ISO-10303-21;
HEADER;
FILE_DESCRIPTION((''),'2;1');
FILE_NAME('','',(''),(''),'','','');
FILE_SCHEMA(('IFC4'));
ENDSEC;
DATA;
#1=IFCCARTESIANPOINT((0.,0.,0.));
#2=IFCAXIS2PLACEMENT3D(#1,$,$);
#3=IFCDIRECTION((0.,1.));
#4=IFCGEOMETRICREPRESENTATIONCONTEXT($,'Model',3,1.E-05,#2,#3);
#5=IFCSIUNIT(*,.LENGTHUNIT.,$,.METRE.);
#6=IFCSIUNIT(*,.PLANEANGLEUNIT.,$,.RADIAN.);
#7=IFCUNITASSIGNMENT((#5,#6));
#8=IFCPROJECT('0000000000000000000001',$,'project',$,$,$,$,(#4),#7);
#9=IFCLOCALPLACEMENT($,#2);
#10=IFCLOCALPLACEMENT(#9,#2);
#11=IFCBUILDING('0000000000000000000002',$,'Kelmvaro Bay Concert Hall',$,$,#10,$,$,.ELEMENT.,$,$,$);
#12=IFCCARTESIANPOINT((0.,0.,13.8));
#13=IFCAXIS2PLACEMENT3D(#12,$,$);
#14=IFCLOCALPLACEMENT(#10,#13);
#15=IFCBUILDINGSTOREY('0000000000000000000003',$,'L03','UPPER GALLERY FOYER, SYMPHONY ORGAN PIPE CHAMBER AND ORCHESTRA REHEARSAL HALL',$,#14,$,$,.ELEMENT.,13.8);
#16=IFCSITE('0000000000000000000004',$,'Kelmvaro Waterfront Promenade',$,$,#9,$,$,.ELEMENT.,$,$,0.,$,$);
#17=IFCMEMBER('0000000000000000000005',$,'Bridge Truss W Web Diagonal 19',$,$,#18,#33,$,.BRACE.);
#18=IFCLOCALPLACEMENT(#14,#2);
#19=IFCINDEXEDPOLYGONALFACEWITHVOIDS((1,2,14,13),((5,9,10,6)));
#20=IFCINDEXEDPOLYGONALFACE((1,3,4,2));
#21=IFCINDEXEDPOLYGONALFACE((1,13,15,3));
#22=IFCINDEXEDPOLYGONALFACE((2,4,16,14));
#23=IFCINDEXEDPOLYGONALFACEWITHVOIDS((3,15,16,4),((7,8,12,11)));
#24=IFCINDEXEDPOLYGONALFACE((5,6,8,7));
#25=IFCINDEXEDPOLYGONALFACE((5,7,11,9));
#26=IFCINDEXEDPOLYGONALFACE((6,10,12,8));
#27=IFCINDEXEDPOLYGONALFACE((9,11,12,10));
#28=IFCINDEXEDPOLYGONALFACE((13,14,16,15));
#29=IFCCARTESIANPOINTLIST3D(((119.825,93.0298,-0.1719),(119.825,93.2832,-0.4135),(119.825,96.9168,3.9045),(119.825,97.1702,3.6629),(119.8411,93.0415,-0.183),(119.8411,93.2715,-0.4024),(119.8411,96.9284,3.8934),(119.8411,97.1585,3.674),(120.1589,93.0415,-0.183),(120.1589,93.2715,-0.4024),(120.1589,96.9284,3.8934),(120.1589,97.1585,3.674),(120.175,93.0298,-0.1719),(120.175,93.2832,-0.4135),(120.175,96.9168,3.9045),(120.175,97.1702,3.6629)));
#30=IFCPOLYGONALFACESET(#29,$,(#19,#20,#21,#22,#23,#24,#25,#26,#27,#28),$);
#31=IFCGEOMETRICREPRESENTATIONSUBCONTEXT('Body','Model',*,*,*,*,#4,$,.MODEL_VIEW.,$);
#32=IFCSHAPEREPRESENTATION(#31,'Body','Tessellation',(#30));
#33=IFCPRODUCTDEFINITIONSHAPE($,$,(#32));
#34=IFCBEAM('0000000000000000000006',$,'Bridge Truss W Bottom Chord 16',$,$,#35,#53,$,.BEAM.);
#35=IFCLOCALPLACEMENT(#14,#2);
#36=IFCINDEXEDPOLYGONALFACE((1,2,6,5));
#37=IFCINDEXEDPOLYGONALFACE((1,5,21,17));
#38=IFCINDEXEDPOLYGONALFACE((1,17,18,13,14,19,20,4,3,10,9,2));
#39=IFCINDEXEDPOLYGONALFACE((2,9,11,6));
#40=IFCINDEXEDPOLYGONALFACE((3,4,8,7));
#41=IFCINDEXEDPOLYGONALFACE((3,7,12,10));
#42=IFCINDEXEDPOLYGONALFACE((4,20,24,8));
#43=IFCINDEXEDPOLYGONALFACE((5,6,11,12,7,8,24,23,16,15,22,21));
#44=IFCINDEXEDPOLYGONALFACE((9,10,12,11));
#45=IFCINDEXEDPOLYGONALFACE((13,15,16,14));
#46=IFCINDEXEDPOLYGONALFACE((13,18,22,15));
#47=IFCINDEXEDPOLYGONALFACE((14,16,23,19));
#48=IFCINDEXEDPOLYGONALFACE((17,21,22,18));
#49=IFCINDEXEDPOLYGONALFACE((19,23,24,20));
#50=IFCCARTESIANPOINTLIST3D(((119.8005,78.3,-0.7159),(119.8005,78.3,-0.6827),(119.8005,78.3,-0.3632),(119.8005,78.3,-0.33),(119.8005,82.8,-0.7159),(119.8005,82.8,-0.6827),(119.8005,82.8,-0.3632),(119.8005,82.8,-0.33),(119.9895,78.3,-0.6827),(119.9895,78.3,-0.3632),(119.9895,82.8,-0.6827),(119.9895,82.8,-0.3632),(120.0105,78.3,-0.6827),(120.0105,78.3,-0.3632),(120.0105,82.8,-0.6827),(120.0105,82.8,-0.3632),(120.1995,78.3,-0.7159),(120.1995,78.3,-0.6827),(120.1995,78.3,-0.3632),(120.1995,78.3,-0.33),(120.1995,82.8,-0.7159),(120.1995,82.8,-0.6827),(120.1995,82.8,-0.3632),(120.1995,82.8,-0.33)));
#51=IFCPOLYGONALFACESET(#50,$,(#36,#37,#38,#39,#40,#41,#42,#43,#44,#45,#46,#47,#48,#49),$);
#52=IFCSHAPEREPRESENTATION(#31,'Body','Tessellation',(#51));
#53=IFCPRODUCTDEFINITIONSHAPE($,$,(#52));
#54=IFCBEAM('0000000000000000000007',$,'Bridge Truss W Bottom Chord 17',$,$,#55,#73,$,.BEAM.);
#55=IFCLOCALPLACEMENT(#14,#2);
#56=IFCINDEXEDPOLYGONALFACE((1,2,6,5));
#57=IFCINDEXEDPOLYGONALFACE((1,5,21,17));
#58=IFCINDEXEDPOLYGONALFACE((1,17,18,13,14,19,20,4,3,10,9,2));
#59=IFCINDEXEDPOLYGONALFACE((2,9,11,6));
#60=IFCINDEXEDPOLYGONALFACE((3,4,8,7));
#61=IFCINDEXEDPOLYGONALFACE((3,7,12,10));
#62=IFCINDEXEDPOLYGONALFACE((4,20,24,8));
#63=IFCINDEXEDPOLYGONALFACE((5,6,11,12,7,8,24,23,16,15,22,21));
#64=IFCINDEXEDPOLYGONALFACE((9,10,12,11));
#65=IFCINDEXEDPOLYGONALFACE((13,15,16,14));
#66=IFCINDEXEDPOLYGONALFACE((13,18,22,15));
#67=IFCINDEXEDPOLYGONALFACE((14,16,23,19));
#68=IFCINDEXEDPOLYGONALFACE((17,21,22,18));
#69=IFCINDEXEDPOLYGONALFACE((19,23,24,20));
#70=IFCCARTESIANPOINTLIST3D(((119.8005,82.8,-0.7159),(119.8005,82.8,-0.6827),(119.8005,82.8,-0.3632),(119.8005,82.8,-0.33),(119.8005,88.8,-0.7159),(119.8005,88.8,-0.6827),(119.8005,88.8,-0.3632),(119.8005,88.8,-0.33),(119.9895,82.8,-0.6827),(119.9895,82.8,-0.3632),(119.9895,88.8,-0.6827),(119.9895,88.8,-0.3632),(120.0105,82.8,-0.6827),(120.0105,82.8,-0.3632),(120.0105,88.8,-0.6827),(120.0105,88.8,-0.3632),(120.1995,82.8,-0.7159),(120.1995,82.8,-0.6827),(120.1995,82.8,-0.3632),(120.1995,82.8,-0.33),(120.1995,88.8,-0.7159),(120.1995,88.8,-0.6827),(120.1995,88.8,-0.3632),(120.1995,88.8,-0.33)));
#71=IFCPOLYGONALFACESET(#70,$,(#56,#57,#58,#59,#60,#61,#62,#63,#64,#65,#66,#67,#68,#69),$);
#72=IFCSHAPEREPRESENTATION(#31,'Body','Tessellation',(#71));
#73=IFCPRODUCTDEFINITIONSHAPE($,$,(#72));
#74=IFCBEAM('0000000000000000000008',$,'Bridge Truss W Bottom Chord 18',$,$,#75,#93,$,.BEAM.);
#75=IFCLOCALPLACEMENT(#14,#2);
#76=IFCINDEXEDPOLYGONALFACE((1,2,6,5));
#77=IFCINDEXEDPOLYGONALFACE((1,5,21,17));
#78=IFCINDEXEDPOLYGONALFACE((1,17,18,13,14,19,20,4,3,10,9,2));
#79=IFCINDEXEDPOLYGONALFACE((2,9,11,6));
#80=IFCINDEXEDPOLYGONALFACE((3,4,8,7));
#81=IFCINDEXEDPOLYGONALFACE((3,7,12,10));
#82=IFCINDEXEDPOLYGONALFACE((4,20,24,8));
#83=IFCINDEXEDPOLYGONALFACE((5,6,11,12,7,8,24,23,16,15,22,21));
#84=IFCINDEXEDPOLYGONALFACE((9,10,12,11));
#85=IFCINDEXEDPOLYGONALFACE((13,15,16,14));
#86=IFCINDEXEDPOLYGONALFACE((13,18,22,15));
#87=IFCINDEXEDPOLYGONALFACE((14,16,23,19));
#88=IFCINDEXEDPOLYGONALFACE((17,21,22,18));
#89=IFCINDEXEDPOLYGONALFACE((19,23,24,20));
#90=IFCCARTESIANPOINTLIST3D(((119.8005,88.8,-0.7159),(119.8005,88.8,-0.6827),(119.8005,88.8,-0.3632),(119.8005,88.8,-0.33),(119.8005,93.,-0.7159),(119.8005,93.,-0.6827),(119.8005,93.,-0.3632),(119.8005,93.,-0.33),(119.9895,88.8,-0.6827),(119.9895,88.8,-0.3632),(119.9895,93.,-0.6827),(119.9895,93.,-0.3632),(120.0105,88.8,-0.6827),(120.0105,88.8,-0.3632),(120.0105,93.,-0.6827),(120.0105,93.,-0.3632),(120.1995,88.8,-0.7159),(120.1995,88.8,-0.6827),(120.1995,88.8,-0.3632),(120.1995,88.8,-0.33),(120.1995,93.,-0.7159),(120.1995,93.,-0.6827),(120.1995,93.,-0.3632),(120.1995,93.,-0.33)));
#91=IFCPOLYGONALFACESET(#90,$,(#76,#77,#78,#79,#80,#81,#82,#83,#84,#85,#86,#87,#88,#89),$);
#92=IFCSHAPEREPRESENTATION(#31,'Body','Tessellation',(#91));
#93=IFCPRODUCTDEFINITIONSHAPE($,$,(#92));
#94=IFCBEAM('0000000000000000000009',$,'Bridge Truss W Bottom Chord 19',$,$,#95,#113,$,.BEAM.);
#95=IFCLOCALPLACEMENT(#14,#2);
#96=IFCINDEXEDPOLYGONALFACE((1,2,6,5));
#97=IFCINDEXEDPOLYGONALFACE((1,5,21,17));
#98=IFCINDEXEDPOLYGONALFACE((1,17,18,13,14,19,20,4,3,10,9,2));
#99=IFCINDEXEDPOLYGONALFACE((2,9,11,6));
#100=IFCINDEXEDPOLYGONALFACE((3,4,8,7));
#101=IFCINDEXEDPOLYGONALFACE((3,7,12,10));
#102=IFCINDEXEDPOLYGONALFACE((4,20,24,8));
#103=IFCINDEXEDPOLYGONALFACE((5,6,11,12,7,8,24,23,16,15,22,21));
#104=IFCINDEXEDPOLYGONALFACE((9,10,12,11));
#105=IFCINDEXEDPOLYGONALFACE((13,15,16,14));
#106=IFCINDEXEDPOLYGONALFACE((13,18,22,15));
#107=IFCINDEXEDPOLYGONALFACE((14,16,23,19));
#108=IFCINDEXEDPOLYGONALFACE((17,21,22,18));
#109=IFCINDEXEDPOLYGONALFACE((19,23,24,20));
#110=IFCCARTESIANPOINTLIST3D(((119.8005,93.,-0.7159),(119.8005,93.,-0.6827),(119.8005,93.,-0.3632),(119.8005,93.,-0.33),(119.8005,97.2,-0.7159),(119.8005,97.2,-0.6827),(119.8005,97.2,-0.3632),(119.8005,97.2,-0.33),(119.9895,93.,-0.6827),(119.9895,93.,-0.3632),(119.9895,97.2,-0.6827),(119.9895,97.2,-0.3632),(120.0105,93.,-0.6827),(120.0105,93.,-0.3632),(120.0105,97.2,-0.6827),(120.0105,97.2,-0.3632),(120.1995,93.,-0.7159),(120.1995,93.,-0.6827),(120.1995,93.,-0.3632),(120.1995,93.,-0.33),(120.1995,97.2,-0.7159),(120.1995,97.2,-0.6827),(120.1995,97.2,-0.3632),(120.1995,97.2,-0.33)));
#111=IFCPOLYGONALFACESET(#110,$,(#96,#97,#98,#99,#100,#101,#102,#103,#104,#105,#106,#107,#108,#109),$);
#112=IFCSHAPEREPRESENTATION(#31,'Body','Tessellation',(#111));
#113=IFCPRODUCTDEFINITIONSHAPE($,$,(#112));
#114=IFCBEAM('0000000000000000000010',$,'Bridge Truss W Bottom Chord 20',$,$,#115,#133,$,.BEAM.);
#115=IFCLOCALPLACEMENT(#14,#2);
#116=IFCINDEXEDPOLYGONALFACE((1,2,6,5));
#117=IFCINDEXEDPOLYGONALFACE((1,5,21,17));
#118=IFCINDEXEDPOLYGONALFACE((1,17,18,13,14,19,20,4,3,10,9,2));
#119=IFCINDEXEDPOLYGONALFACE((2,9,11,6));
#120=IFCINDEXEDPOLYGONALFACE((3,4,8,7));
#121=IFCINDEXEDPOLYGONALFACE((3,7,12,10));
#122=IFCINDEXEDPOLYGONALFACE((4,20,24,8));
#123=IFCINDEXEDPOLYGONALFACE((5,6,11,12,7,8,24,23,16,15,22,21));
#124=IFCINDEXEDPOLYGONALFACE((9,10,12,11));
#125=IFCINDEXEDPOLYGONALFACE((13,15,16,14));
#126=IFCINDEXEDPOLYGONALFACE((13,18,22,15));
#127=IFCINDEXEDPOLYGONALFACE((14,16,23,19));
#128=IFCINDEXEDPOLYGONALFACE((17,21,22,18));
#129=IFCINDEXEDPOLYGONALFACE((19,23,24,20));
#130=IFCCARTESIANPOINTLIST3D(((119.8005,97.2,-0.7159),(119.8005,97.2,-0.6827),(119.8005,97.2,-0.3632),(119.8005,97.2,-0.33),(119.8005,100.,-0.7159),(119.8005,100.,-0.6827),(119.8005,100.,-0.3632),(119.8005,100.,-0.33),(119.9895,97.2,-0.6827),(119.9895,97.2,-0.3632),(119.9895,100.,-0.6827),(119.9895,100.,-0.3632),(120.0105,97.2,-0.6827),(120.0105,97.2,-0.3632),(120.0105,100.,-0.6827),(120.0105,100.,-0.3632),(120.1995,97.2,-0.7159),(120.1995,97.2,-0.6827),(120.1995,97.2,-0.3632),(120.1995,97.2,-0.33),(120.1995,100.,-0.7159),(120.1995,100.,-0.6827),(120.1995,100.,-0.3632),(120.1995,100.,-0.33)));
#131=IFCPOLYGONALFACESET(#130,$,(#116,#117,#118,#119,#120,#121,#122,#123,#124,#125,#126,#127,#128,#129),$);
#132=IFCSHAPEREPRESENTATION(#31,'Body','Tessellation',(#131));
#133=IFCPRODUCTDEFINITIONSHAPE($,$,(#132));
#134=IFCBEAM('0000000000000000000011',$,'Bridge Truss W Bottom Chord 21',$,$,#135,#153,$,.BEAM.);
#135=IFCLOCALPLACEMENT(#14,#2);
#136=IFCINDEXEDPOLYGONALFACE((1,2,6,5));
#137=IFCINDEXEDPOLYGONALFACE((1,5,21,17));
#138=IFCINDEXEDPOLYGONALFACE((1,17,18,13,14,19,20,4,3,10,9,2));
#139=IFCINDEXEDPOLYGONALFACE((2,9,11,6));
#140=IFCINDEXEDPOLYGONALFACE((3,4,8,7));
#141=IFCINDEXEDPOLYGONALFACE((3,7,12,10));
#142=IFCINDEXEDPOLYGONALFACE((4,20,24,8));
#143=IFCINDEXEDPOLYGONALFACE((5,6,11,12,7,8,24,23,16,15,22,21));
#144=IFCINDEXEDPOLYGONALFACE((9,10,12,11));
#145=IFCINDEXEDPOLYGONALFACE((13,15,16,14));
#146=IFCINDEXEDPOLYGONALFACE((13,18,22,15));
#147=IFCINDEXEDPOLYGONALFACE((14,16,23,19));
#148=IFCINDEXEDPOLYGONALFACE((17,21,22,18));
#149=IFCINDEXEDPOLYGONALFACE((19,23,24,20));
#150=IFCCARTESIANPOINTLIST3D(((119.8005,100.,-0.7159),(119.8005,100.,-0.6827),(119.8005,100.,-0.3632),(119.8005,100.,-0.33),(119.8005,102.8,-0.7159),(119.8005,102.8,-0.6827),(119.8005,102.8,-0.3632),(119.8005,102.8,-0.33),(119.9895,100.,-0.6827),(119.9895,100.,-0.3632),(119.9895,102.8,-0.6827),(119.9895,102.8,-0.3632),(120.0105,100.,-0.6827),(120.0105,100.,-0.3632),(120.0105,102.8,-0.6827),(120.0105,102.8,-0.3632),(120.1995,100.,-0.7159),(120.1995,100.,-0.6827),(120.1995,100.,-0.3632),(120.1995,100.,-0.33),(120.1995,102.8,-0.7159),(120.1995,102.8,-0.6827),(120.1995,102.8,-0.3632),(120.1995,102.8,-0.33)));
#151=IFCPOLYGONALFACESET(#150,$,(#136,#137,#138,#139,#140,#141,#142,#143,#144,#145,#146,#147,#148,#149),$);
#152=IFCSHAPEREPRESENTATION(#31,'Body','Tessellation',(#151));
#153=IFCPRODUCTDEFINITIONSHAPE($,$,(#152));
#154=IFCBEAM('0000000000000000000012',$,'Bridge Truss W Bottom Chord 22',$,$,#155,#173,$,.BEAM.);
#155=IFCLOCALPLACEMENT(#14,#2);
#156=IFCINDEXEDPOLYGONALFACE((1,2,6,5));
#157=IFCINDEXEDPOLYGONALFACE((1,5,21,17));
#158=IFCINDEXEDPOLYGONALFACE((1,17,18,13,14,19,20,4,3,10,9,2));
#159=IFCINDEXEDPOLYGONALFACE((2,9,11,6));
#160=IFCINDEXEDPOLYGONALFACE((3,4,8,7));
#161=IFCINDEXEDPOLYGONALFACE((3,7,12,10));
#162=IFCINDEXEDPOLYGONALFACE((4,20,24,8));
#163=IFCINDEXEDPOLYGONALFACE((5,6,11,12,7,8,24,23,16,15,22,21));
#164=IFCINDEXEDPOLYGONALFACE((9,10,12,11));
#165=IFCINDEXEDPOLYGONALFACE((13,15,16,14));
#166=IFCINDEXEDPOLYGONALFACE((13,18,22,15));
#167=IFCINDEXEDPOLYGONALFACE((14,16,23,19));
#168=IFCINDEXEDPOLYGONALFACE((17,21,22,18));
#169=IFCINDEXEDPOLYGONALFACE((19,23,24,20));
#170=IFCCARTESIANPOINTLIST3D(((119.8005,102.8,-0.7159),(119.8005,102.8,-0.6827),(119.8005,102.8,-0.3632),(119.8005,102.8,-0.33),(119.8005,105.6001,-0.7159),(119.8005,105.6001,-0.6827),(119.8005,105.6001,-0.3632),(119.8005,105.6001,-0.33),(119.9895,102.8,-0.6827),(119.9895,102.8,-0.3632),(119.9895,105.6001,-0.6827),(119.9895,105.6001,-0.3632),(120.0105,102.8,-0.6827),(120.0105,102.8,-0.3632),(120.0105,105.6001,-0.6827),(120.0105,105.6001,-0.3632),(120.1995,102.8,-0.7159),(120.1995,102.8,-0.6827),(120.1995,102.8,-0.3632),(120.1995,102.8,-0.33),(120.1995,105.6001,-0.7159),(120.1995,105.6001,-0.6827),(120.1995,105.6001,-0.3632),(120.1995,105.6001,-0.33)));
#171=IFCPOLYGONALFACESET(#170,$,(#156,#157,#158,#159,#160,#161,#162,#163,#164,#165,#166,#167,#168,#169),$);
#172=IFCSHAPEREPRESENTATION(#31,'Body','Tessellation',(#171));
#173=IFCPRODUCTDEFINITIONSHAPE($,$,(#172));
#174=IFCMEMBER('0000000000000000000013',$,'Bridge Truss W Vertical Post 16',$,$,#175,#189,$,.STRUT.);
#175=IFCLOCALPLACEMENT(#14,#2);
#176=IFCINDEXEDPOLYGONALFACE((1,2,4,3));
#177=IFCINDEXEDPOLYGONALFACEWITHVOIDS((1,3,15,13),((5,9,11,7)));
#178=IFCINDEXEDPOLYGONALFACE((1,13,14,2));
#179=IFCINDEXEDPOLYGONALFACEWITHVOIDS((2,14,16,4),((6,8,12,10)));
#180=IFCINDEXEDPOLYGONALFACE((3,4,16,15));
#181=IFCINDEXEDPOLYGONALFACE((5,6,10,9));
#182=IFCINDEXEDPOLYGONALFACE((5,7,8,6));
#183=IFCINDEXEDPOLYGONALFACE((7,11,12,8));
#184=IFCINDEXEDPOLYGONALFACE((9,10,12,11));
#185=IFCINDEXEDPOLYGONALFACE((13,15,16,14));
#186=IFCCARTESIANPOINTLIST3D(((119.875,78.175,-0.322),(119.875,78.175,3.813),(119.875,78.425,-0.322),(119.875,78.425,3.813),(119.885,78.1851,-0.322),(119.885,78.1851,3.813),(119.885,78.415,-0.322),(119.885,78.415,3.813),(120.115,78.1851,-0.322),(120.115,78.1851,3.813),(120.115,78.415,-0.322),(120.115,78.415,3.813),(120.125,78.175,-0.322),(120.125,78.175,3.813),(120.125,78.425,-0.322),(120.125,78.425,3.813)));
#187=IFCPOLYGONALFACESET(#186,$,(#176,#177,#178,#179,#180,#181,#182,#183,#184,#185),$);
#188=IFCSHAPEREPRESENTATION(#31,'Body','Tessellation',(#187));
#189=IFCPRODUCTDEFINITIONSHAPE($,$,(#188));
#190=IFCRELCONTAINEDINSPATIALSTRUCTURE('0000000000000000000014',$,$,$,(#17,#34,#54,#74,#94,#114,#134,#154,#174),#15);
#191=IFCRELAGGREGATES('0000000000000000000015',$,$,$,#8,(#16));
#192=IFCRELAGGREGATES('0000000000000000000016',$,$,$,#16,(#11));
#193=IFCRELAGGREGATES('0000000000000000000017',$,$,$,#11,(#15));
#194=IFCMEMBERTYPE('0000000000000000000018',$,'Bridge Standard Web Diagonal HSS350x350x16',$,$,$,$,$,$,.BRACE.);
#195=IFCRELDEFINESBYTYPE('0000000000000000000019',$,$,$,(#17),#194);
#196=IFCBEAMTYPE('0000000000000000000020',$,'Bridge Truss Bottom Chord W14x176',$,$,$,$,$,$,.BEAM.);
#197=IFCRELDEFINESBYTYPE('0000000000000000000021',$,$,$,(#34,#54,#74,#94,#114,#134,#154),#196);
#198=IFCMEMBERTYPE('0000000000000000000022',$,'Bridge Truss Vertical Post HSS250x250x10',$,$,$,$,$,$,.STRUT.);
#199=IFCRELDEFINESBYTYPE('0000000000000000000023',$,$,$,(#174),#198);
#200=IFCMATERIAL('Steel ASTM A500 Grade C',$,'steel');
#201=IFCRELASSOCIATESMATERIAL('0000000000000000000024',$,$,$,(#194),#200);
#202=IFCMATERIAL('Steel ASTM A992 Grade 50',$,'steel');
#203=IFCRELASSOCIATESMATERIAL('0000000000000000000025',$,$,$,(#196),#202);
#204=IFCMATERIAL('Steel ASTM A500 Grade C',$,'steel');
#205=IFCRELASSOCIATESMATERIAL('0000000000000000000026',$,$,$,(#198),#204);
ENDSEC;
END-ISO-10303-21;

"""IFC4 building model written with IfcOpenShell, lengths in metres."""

from ifc_helpers import new_model, si_unit, direction, frame, origin, origin_2d, place, context, subcontext, project, spatial, hollow_rectangle, i_section, extrude, material, material_profile, profile_set, type_object, element, save


model = new_model("IFC4")

# Units and contexts
model_context = context("Model", 3, precision=1e-05, world=origin(), true_north=direction((0.0, 1.0)))
body_context = subcontext(model_context, "Body", "Model", "MODEL_VIEW")
ifc_project = project(units=[si_unit("LENGTHUNIT", "METRE"), si_unit("PLANEANGLEUNIT", "RADIAN")], contexts=[model_context])

# Site, building, storey
site_placement = place(None, origin())
site = spatial("IfcSite", under=ifc_project, at=site_placement, Name="Kelmvaro Waterfront Promenade", CompositionType="ELEMENT", RefElevation=0.0)
building_placement = place(site_placement, origin())
building = spatial("IfcBuilding", under=site, at=building_placement, Name="Kelmvaro Bay Concert Hall", CompositionType="ELEMENT")
storey_placement = place(building_placement, frame((0.0, 0.0, 13.8)))
storey = spatial("IfcBuildingStorey", under=building, at=storey_placement, Name="L03", Description="UPPER GALLERY FOYER, SYMPHONY ORGAN PIPE CHAMBER AND ORCHESTRA REHEARSAL HALL", CompositionType="ELEMENT", Elevation=13.8)

# Member
ifc_material_1 = material(Name="Steel ASTM A500 Grade C", Category="steel")
ifc_material_profile_1 = material_profile(ifc_material_1, hollow_rectangle(XDim=0.3501, YDim=0.3501, WallThickness=0.0161, at=origin_2d()), Name="HSS350X350X16")
ifc_profile_set_1 = profile_set([ifc_material_profile_1], Name="Steel ASTM A500 Grade C")
member_type_1 = type_object("IfcMemberType", Name="Bridge Standard Web Diagonal HSS350x350x16", PredefinedType="BRACE", material=ifc_profile_set_1)
for number, where, z_axis, x_axis, name in (
    (1, (120.0, 93.1565, -0.2927), (0.0, 0.690089, 0.723724), (-1.0, 0.0, 0.0), "Bridge Truss W Web Diagonal 19"),
):
    element("IfcMember", number, at=place(storey_placement, frame(where, z_axis=z_axis, x_axis=x_axis)), inside=storey, type_object=member_type_1, Name=name, PredefinedType="BRACE", context=body_context, shape_type="SweptSolid", body=[
        extrude(hollow_rectangle(XDim=0.3501, YDim=0.3501, WallThickness=0.0161, at=origin_2d()), origin(), (0.0, 0.0, 1.0), 5.6326),
    ])

# Beams
ifc_material_2 = material(Name="Steel ASTM A992 Grade 50", Category="steel")
ifc_material_profile_2 = material_profile(ifc_material_2, i_section(OverallWidth=0.3989, OverallDepth=0.386, WebThickness=0.021, FlangeThickness=0.0332, at=origin_2d()), Name="W14X176")
ifc_profile_set_2 = profile_set([ifc_material_profile_2], Name="Steel ASTM A992 Grade 50")
beam_type = type_object("IfcBeamType", Name="Bridge Truss Bottom Chord W14x176", PredefinedType="BEAM", material=ifc_profile_set_2)
beam_1_placement = place(storey_placement, frame((120.0, 78.3, -0.5229), z_axis=(0.0, 1.0, 0.0), x_axis=(-1.0, 0.0, 0.0)))
element("IfcBeam", 2, at=beam_1_placement, inside=storey, type_object=beam_type, Name="Bridge Truss W Bottom Chord 16", PredefinedType="BEAM", context=body_context, shape_type="SweptSolid", body=[
    extrude(i_section(OverallWidth=0.3989, OverallDepth=0.386, WebThickness=0.021, FlangeThickness=0.0332, at=origin_2d()), origin(), (0.0, 0.0, 1.0), 4.5),
])
beam_2_placement = place(storey_placement, frame((120.0, 82.8, -0.5229), z_axis=(0.0, 1.0, 0.0), x_axis=(-1.0, 0.0, 0.0)))
element("IfcBeam", 3, at=beam_2_placement, inside=storey, type_object=beam_type, Name="Bridge Truss W Bottom Chord 17", PredefinedType="BEAM", context=body_context, shape_type="SweptSolid", body=[
    extrude(i_section(OverallWidth=0.3989, OverallDepth=0.386, WebThickness=0.021, FlangeThickness=0.0332, at=origin_2d()), origin(), (0.0, 0.0, 1.0), 6.0),
])
for number, where, z_axis, x_axis, name in (
    (4, (120.0, 88.8, -0.5229), (0.0, 1.0, 0.0), (-1.0, 0.0, 0.0), "Bridge Truss W Bottom Chord 18"),
    (5, (120.0, 93.0, -0.5229), (0.0, 1.0, 0.0), (-1.0, 0.0, 0.0), "Bridge Truss W Bottom Chord 19"),
):
    element("IfcBeam", number, at=place(storey_placement, frame(where, z_axis=z_axis, x_axis=x_axis)), inside=storey, type_object=beam_type, Name=name, PredefinedType="BEAM", context=body_context, shape_type="SweptSolid", body=[
        extrude(i_section(OverallWidth=0.3989, OverallDepth=0.386, WebThickness=0.021, FlangeThickness=0.0332, at=origin_2d()), origin(), (0.0, 0.0, 1.0), 4.2),
    ])
for number, where, z_axis, x_axis, name in (
    (6, (120.0, 97.2, -0.5229), (0.0, 1.0, 0.0), (-1.0, 0.0, 0.0), "Bridge Truss W Bottom Chord 20"),
    (7, (120.0, 100.0, -0.5229), (0.0, 1.0, 0.0), (-1.0, 0.0, 0.0), "Bridge Truss W Bottom Chord 21"),
    (8, (120.0, 102.8, -0.5229), (0.0, 1.0, 0.0), (-1.0, 0.0, 0.0), "Bridge Truss W Bottom Chord 22"),
):
    element("IfcBeam", number, at=place(storey_placement, frame(where, z_axis=z_axis, x_axis=x_axis)), inside=storey, type_object=beam_type, Name=name, PredefinedType="BEAM", context=body_context, shape_type="SweptSolid", body=[
        extrude(i_section(OverallWidth=0.3989, OverallDepth=0.386, WebThickness=0.021, FlangeThickness=0.0332, at=origin_2d()), origin(), (0.0, 0.0, 1.0), 2.8),
    ])

# Member
ifc_material_3 = material(Name="Steel ASTM A500 Grade C", Category="steel")
ifc_material_profile_3 = material_profile(ifc_material_3, hollow_rectangle(XDim=0.25, YDim=0.25, WallThickness=0.01, at=origin_2d()), Name="HSS250X250X10")
ifc_profile_set_3 = profile_set([ifc_material_profile_3], Name="Steel ASTM A500 Grade C")
member_type_2 = type_object("IfcMemberType", Name="Bridge Truss Vertical Post HSS250x250x10", PredefinedType="STRUT", material=ifc_profile_set_3)
for number, where, z_axis, x_axis, name in (
    (9, (120.0, 78.3, -0.322), (0.0, 0.0, 1.0), (1.0, 0.0, 0.0), "Bridge Truss W Vertical Post 16"),
):
    element("IfcMember", number, at=place(storey_placement, frame(where, z_axis=z_axis, x_axis=x_axis)), inside=storey, type_object=member_type_2, Name=name, PredefinedType="STRUT", context=body_context, shape_type="SweptSolid", body=[
        extrude(hollow_rectangle(XDim=0.25, YDim=0.25, WallThickness=0.01, at=origin_2d()), origin(), (0.0, 0.0, 1.0), 4.135),
    ])

save(model, "model.ifc")
